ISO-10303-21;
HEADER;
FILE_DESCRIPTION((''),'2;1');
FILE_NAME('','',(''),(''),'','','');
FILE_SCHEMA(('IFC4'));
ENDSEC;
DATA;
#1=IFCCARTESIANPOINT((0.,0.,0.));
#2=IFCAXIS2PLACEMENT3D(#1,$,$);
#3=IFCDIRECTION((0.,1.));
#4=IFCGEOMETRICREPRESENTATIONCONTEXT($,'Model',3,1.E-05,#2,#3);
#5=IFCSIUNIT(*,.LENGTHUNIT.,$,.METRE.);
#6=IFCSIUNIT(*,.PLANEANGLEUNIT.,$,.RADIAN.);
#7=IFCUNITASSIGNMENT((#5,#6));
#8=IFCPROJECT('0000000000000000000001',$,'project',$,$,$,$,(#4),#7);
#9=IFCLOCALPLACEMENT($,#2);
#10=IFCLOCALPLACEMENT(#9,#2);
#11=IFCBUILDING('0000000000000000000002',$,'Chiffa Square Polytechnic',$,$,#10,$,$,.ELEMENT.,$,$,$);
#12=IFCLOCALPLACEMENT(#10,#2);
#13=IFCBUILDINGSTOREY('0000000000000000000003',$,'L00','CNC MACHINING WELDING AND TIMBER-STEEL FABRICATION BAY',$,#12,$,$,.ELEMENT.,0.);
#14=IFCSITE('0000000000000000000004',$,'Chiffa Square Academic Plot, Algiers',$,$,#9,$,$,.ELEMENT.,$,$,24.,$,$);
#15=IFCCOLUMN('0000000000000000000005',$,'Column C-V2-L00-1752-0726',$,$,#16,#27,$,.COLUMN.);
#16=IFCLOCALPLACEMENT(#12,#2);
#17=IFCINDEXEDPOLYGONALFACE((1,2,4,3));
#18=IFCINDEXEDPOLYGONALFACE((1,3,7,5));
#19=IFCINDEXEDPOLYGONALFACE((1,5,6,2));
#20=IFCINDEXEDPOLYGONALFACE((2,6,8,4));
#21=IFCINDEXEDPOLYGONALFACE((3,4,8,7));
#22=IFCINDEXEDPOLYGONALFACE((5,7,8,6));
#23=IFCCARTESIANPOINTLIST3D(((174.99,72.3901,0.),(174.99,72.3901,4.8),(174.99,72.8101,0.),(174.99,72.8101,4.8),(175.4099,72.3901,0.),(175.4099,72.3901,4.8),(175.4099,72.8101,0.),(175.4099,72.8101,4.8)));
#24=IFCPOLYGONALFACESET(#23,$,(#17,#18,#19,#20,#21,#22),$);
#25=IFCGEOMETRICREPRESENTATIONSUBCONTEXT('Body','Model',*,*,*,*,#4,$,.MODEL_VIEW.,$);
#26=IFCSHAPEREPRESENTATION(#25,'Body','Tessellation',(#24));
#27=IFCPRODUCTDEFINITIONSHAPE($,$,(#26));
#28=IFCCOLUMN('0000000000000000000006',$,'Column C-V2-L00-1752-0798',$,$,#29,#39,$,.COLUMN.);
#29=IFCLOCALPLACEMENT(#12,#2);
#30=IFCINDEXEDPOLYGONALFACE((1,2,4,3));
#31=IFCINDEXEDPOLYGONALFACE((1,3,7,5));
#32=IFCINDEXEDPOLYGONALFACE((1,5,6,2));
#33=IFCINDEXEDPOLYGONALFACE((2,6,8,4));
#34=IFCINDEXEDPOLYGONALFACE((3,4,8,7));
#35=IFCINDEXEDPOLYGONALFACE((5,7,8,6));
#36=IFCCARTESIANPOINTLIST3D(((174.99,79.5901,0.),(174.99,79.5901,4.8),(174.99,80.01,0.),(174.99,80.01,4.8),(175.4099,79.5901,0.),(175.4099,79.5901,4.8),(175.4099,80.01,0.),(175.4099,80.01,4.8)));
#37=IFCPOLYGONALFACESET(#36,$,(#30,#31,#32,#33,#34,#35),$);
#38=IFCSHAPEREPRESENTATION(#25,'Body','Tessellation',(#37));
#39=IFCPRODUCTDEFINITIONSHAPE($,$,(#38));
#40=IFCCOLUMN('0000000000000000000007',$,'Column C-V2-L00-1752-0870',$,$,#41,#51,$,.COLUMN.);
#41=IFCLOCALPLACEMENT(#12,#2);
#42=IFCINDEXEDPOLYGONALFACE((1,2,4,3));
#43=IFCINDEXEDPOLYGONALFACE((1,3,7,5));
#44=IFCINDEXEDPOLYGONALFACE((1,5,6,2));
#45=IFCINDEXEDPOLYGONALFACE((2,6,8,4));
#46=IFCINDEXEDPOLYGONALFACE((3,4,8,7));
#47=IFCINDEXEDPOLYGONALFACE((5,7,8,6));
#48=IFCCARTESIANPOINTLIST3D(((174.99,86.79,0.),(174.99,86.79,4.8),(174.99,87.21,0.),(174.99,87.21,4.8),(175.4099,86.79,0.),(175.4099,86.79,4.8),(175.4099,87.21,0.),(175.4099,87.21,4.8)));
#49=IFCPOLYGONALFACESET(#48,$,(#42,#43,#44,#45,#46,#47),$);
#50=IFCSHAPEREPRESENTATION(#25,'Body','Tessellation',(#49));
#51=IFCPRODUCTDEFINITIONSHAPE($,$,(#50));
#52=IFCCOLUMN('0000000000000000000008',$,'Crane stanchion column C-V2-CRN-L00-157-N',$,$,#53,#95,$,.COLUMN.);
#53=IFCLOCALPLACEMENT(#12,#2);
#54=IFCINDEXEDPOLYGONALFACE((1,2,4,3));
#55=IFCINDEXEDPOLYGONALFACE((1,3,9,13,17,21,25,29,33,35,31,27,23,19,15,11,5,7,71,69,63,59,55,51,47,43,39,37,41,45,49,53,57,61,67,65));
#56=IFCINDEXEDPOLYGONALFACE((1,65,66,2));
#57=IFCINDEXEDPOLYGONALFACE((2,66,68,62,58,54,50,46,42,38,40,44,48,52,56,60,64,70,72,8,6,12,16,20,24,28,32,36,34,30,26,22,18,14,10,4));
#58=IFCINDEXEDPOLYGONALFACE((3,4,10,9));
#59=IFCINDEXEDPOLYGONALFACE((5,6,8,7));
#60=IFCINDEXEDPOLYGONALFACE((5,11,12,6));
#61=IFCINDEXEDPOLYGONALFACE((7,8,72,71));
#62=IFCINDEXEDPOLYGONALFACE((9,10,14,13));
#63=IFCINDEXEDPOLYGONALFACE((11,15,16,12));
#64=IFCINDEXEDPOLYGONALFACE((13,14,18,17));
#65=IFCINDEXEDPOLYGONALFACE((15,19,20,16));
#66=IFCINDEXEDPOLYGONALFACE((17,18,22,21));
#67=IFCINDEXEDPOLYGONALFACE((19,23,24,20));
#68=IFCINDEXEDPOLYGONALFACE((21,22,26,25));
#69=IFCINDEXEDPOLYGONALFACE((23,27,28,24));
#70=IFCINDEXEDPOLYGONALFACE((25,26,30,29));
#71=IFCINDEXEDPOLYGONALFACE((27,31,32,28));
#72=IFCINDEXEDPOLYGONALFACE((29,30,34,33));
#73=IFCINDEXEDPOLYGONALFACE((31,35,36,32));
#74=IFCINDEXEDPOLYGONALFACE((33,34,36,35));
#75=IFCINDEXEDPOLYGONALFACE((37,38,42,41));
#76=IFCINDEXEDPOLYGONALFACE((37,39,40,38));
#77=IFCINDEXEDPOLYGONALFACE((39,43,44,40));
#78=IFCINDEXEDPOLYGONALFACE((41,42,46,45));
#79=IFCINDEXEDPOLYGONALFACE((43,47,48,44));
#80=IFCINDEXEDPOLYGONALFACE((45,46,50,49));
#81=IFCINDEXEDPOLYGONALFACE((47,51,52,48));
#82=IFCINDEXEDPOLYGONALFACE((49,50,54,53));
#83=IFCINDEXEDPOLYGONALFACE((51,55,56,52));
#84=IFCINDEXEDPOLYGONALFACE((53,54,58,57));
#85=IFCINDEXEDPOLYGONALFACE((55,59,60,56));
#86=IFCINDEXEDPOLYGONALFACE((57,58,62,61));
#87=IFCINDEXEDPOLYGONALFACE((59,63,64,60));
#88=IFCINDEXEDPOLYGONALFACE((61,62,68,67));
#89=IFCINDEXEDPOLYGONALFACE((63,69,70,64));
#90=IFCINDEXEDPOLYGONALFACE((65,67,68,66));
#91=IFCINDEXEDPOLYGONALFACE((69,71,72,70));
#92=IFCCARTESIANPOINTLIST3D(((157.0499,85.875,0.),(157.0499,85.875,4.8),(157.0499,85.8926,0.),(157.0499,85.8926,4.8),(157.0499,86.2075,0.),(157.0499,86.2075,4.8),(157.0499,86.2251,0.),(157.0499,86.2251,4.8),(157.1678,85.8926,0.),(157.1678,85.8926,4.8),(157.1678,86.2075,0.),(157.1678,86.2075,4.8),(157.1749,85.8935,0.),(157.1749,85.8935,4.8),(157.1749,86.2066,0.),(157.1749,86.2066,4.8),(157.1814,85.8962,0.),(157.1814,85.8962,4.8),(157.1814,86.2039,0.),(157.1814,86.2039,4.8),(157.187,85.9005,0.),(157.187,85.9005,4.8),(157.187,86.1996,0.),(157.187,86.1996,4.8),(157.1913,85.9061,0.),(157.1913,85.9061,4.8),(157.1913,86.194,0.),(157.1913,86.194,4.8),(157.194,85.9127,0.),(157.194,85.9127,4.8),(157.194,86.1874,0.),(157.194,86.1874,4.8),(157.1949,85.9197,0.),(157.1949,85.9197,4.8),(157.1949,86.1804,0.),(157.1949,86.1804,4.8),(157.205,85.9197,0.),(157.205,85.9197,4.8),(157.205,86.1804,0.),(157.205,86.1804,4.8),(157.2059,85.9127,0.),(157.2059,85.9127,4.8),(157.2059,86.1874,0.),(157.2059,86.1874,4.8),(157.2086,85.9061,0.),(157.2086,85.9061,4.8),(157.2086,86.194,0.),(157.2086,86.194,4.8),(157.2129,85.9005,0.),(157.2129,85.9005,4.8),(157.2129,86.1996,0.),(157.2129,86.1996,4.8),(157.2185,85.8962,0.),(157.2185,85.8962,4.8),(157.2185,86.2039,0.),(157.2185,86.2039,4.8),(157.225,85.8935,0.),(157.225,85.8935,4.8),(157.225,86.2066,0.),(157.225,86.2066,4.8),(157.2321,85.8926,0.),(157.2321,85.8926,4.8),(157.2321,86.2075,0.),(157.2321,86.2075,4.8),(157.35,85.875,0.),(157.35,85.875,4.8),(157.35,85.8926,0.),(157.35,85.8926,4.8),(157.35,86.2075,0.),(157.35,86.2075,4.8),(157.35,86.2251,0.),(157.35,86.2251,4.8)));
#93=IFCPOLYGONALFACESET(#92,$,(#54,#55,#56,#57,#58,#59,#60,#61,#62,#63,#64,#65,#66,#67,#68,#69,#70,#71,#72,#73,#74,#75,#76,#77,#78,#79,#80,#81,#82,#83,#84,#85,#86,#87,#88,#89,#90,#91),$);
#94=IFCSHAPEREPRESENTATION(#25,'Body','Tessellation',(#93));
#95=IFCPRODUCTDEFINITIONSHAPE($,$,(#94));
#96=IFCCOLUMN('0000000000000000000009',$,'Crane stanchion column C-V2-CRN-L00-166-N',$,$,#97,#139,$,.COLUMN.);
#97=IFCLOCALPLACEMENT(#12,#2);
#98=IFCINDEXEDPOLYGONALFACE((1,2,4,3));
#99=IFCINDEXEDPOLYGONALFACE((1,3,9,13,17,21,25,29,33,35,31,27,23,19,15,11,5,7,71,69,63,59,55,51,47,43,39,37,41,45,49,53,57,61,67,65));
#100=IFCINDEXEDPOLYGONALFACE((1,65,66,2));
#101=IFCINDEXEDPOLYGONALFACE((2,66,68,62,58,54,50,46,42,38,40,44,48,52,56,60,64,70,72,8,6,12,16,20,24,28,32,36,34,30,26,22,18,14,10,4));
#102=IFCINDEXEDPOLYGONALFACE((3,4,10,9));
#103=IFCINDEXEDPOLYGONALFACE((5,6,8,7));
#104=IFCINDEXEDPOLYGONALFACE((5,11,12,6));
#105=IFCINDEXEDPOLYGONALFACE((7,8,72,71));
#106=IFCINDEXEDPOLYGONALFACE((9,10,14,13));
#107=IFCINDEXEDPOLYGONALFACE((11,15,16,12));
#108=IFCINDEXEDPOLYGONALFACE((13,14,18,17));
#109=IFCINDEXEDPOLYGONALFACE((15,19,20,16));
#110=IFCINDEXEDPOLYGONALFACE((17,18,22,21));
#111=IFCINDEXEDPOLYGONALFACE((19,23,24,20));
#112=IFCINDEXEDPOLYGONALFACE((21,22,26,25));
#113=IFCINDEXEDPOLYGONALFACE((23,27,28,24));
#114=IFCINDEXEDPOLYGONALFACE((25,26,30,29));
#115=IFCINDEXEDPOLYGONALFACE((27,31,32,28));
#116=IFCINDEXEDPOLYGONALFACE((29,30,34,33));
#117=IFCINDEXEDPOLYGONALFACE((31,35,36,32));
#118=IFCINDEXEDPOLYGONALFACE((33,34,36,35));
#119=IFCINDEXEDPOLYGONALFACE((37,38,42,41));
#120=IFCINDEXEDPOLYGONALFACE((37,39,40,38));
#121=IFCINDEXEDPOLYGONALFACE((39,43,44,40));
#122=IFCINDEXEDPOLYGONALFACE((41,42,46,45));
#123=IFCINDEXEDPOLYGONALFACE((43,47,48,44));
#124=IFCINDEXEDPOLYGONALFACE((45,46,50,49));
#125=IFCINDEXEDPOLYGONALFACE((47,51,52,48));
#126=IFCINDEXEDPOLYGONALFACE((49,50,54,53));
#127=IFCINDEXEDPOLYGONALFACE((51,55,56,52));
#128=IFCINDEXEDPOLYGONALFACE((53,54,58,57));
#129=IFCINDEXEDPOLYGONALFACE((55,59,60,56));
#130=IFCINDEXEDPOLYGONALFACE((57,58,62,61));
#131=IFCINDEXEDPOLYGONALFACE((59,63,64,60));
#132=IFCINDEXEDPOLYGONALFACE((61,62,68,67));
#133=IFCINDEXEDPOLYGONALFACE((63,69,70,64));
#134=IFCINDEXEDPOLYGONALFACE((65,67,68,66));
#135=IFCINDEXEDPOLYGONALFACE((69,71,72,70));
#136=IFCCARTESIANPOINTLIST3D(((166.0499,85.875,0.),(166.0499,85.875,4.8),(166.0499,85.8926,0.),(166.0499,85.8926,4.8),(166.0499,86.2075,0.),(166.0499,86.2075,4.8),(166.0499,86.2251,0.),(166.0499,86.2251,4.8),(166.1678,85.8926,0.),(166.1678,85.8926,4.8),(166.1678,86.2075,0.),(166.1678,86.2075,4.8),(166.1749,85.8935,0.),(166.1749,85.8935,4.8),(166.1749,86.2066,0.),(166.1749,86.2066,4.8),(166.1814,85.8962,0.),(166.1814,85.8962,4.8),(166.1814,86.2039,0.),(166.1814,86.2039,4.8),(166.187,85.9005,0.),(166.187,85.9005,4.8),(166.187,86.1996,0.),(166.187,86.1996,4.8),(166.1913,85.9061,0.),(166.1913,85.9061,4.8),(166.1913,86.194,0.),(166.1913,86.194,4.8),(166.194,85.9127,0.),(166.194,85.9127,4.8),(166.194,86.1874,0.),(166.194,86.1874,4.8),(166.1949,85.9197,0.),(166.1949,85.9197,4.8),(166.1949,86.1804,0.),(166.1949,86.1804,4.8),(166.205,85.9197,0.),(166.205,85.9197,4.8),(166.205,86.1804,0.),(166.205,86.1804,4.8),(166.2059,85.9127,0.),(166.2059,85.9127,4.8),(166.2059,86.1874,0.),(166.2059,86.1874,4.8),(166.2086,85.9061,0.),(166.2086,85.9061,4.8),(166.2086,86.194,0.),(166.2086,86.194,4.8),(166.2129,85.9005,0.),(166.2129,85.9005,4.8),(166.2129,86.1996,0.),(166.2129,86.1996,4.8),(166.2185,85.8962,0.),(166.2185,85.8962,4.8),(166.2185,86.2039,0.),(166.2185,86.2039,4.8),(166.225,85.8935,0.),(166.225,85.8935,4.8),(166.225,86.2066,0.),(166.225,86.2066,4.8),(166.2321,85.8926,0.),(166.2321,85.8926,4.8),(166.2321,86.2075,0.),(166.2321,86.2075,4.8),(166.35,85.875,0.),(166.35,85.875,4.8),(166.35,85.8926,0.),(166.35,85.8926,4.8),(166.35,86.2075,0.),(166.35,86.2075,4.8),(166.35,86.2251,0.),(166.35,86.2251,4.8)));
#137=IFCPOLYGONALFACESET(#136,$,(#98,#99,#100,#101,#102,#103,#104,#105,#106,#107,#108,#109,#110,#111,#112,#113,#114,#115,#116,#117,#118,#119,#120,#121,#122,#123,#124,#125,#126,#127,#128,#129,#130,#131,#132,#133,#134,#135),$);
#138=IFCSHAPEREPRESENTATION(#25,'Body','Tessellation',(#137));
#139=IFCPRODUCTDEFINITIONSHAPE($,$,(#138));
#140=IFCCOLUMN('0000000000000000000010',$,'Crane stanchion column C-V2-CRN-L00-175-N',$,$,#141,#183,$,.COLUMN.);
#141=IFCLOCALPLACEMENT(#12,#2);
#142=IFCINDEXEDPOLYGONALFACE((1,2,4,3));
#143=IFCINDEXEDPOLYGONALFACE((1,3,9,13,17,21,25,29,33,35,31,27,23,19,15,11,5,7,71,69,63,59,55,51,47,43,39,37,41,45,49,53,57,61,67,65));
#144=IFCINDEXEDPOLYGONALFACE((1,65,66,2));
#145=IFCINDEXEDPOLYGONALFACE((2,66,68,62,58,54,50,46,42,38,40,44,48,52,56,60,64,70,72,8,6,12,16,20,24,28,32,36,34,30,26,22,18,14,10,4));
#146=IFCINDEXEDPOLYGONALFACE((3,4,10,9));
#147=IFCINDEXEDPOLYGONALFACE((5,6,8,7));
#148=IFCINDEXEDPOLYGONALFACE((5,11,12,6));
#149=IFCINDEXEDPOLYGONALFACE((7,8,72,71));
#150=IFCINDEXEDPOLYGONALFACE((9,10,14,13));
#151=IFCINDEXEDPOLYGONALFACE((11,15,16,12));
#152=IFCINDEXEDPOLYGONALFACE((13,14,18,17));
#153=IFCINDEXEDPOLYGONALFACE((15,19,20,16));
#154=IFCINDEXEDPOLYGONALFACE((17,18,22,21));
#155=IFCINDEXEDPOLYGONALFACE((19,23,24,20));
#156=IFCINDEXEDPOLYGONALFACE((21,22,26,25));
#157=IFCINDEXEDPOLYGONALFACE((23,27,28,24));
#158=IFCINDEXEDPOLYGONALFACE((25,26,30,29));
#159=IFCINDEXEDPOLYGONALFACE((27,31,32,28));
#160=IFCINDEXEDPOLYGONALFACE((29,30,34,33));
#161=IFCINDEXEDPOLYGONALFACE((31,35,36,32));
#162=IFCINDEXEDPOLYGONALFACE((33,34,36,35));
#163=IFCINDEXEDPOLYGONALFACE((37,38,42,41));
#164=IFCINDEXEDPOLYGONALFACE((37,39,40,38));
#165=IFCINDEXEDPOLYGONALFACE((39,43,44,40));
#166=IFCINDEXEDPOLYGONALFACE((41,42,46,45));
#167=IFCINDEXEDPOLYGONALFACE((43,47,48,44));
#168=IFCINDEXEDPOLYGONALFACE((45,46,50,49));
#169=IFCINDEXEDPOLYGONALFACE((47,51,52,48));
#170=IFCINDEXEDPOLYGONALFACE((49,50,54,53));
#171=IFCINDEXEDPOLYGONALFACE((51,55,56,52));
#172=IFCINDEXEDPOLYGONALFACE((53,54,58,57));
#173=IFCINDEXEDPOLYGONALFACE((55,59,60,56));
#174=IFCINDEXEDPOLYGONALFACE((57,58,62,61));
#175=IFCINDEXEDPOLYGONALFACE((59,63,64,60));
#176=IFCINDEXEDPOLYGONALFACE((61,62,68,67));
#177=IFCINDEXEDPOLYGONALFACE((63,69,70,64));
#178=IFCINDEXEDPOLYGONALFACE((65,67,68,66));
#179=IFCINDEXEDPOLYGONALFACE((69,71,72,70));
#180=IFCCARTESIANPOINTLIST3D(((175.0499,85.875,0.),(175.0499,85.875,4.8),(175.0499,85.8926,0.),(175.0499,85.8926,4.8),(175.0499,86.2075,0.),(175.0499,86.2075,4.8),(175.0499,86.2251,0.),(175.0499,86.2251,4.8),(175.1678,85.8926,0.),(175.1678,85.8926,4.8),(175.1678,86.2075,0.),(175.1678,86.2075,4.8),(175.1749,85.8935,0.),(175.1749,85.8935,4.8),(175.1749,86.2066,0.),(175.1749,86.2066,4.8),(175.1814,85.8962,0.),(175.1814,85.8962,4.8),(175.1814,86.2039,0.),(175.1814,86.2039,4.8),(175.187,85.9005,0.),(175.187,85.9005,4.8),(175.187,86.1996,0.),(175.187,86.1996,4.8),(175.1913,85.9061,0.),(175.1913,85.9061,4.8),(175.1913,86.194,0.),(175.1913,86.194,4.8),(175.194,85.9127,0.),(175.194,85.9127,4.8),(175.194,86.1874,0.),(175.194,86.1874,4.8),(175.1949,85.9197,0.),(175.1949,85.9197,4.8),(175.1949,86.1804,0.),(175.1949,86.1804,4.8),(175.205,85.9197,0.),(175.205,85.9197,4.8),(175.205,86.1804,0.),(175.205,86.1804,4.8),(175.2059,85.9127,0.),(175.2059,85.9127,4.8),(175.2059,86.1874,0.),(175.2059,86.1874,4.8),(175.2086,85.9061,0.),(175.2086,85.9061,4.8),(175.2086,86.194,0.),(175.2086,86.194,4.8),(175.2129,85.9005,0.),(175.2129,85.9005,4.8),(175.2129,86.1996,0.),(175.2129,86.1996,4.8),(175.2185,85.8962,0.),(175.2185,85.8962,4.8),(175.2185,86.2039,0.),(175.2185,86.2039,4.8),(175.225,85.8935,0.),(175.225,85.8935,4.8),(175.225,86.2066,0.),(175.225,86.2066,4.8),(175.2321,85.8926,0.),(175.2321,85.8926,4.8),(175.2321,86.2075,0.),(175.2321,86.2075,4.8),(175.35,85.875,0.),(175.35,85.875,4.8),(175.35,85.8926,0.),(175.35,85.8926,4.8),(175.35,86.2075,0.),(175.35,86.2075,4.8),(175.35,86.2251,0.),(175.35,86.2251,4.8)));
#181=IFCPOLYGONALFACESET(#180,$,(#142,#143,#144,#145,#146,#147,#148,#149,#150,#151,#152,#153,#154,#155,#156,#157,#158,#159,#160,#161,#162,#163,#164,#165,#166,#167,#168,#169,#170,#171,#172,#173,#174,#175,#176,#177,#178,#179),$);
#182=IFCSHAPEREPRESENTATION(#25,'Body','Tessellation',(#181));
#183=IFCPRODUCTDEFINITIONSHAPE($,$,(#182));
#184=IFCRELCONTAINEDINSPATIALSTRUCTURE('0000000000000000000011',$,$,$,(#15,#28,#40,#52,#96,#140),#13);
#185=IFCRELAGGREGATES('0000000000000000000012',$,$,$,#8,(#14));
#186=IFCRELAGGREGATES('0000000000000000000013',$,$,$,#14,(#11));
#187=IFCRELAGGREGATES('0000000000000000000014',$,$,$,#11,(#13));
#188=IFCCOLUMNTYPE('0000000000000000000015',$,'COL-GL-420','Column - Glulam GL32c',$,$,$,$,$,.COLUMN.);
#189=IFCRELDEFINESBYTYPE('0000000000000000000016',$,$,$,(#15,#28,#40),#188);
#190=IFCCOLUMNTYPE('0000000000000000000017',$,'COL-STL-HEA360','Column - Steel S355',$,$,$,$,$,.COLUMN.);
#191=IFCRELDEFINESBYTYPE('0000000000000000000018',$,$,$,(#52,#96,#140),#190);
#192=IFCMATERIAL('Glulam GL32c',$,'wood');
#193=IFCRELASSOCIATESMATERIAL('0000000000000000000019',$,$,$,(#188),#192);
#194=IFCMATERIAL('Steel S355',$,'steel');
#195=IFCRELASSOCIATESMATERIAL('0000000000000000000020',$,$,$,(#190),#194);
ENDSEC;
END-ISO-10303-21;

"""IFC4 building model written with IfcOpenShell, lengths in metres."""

from ifc_helpers import new_model, si_unit, direction, frame, origin, origin_2d, place, context, subcontext, project, spatial, rectangle, i_section, extrude, material, material_profile, profile_set, type_object, element, save


model = new_model("IFC4")

# Units and contexts
model_context = context("Model", 3, precision=1e-05, world=origin(), true_north=direction((0.0, 1.0)))
body_context = subcontext(model_context, "Body", "Model", "MODEL_VIEW")
ifc_project = project(units=[si_unit("LENGTHUNIT", "METRE"), si_unit("PLANEANGLEUNIT", "RADIAN")], contexts=[model_context])

# Site, building, storey
site_placement = place(None, origin())
site = spatial("IfcSite", under=ifc_project, at=site_placement, Name="Chiffa Square Academic Plot, Algiers", CompositionType="ELEMENT", RefElevation=24.0)
building_placement = place(site_placement, origin())
building = spatial("IfcBuilding", under=site, at=building_placement, Name="Chiffa Square Polytechnic", CompositionType="ELEMENT")
storey_placement = place(building_placement, origin())
storey = spatial("IfcBuildingStorey", under=building, at=storey_placement, Name="L00", Description="CNC MACHINING WELDING AND TIMBER-STEEL FABRICATION BAY", CompositionType="ELEMENT", Elevation=0.0)

# Columns
ifc_material_1 = material(Name="Glulam GL32c", Category="wood")
ifc_material_profile_1 = material_profile(ifc_material_1, rectangle(XDim=0.4199, YDim=0.4199, at=origin_2d()), Name="GL32c 420x420")
ifc_profile_set_1 = profile_set([ifc_material_profile_1], Name="Glulam GL32c")
column_type_1 = type_object("IfcColumnType", Name="COL-GL-420", Description="Column - Glulam GL32c", PredefinedType="COLUMN", material=ifc_profile_set_1)
for number, where, z_axis, x_axis, name in (
    (1, (175.2, 72.6001, 0.0), (0.0, 0.0, 1.0), (1.0, 0.0, 0.0), "Column C-V2-L00-1752-0726"),
    (2, (175.2, 79.8, 0.0), (0.0, 0.0, 1.0), (1.0, 0.0, 0.0), "Column C-V2-L00-1752-0798"),
    (3, (175.2, 87.0, 0.0), (0.0, 0.0, 1.0), (1.0, 0.0, 0.0), "Column C-V2-L00-1752-0870"),
):
    element("IfcColumn", number, at=place(storey_placement, frame(where, z_axis=z_axis, x_axis=x_axis)), inside=storey, type_object=column_type_1, Name=name, PredefinedType="COLUMN", context=body_context, shape_type="SweptSolid", body=[
        extrude(rectangle(XDim=0.4199, YDim=0.4199, at=origin_2d()), origin(), (0.0, 0.0, 1.0), 4.8),
    ])
ifc_material_2 = material(Name="Steel S355", Category="steel")
ifc_material_profile_2 = material_profile(ifc_material_2, i_section(OverallWidth=0.3, OverallDepth=0.3501, WebThickness=0.01, FlangeThickness=0.0176, FilletRadius=0.0271, at=origin_2d()), Name="HEA 360")
ifc_profile_set_2 = profile_set([ifc_material_profile_2], Name="Steel S355")
column_type_2 = type_object("IfcColumnType", Name="COL-STL-HEA360", Description="Column - Steel S355", PredefinedType="COLUMN", material=ifc_profile_set_2)
for number, where, z_axis, x_axis, name in (
    (4, (157.2, 86.05, 0.0), (0.0, 0.0, 1.0), (1.0, 0.0, 0.0), "Crane stanchion column C-V2-CRN-L00-157-N"),
    (5, (166.2, 86.05, 0.0), (0.0, 0.0, 1.0), (1.0, 0.0, 0.0), "Crane stanchion column C-V2-CRN-L00-166-N"),
    (6, (175.2, 86.05, 0.0), (0.0, 0.0, 1.0), (1.0, 0.0, 0.0), "Crane stanchion column C-V2-CRN-L00-175-N"),
):
    element("IfcColumn", number, at=place(storey_placement, frame(where, z_axis=z_axis, x_axis=x_axis)), inside=storey, type_object=column_type_2, Name=name, PredefinedType="COLUMN", context=body_context, shape_type="SweptSolid", body=[
        extrude(i_section(OverallWidth=0.3, OverallDepth=0.3501, WebThickness=0.01, FlangeThickness=0.0176, FilletRadius=0.0271, at=origin_2d()), origin(), (0.0, 0.0, 1.0), 4.8),
    ])

save(model, "model.ifc")
